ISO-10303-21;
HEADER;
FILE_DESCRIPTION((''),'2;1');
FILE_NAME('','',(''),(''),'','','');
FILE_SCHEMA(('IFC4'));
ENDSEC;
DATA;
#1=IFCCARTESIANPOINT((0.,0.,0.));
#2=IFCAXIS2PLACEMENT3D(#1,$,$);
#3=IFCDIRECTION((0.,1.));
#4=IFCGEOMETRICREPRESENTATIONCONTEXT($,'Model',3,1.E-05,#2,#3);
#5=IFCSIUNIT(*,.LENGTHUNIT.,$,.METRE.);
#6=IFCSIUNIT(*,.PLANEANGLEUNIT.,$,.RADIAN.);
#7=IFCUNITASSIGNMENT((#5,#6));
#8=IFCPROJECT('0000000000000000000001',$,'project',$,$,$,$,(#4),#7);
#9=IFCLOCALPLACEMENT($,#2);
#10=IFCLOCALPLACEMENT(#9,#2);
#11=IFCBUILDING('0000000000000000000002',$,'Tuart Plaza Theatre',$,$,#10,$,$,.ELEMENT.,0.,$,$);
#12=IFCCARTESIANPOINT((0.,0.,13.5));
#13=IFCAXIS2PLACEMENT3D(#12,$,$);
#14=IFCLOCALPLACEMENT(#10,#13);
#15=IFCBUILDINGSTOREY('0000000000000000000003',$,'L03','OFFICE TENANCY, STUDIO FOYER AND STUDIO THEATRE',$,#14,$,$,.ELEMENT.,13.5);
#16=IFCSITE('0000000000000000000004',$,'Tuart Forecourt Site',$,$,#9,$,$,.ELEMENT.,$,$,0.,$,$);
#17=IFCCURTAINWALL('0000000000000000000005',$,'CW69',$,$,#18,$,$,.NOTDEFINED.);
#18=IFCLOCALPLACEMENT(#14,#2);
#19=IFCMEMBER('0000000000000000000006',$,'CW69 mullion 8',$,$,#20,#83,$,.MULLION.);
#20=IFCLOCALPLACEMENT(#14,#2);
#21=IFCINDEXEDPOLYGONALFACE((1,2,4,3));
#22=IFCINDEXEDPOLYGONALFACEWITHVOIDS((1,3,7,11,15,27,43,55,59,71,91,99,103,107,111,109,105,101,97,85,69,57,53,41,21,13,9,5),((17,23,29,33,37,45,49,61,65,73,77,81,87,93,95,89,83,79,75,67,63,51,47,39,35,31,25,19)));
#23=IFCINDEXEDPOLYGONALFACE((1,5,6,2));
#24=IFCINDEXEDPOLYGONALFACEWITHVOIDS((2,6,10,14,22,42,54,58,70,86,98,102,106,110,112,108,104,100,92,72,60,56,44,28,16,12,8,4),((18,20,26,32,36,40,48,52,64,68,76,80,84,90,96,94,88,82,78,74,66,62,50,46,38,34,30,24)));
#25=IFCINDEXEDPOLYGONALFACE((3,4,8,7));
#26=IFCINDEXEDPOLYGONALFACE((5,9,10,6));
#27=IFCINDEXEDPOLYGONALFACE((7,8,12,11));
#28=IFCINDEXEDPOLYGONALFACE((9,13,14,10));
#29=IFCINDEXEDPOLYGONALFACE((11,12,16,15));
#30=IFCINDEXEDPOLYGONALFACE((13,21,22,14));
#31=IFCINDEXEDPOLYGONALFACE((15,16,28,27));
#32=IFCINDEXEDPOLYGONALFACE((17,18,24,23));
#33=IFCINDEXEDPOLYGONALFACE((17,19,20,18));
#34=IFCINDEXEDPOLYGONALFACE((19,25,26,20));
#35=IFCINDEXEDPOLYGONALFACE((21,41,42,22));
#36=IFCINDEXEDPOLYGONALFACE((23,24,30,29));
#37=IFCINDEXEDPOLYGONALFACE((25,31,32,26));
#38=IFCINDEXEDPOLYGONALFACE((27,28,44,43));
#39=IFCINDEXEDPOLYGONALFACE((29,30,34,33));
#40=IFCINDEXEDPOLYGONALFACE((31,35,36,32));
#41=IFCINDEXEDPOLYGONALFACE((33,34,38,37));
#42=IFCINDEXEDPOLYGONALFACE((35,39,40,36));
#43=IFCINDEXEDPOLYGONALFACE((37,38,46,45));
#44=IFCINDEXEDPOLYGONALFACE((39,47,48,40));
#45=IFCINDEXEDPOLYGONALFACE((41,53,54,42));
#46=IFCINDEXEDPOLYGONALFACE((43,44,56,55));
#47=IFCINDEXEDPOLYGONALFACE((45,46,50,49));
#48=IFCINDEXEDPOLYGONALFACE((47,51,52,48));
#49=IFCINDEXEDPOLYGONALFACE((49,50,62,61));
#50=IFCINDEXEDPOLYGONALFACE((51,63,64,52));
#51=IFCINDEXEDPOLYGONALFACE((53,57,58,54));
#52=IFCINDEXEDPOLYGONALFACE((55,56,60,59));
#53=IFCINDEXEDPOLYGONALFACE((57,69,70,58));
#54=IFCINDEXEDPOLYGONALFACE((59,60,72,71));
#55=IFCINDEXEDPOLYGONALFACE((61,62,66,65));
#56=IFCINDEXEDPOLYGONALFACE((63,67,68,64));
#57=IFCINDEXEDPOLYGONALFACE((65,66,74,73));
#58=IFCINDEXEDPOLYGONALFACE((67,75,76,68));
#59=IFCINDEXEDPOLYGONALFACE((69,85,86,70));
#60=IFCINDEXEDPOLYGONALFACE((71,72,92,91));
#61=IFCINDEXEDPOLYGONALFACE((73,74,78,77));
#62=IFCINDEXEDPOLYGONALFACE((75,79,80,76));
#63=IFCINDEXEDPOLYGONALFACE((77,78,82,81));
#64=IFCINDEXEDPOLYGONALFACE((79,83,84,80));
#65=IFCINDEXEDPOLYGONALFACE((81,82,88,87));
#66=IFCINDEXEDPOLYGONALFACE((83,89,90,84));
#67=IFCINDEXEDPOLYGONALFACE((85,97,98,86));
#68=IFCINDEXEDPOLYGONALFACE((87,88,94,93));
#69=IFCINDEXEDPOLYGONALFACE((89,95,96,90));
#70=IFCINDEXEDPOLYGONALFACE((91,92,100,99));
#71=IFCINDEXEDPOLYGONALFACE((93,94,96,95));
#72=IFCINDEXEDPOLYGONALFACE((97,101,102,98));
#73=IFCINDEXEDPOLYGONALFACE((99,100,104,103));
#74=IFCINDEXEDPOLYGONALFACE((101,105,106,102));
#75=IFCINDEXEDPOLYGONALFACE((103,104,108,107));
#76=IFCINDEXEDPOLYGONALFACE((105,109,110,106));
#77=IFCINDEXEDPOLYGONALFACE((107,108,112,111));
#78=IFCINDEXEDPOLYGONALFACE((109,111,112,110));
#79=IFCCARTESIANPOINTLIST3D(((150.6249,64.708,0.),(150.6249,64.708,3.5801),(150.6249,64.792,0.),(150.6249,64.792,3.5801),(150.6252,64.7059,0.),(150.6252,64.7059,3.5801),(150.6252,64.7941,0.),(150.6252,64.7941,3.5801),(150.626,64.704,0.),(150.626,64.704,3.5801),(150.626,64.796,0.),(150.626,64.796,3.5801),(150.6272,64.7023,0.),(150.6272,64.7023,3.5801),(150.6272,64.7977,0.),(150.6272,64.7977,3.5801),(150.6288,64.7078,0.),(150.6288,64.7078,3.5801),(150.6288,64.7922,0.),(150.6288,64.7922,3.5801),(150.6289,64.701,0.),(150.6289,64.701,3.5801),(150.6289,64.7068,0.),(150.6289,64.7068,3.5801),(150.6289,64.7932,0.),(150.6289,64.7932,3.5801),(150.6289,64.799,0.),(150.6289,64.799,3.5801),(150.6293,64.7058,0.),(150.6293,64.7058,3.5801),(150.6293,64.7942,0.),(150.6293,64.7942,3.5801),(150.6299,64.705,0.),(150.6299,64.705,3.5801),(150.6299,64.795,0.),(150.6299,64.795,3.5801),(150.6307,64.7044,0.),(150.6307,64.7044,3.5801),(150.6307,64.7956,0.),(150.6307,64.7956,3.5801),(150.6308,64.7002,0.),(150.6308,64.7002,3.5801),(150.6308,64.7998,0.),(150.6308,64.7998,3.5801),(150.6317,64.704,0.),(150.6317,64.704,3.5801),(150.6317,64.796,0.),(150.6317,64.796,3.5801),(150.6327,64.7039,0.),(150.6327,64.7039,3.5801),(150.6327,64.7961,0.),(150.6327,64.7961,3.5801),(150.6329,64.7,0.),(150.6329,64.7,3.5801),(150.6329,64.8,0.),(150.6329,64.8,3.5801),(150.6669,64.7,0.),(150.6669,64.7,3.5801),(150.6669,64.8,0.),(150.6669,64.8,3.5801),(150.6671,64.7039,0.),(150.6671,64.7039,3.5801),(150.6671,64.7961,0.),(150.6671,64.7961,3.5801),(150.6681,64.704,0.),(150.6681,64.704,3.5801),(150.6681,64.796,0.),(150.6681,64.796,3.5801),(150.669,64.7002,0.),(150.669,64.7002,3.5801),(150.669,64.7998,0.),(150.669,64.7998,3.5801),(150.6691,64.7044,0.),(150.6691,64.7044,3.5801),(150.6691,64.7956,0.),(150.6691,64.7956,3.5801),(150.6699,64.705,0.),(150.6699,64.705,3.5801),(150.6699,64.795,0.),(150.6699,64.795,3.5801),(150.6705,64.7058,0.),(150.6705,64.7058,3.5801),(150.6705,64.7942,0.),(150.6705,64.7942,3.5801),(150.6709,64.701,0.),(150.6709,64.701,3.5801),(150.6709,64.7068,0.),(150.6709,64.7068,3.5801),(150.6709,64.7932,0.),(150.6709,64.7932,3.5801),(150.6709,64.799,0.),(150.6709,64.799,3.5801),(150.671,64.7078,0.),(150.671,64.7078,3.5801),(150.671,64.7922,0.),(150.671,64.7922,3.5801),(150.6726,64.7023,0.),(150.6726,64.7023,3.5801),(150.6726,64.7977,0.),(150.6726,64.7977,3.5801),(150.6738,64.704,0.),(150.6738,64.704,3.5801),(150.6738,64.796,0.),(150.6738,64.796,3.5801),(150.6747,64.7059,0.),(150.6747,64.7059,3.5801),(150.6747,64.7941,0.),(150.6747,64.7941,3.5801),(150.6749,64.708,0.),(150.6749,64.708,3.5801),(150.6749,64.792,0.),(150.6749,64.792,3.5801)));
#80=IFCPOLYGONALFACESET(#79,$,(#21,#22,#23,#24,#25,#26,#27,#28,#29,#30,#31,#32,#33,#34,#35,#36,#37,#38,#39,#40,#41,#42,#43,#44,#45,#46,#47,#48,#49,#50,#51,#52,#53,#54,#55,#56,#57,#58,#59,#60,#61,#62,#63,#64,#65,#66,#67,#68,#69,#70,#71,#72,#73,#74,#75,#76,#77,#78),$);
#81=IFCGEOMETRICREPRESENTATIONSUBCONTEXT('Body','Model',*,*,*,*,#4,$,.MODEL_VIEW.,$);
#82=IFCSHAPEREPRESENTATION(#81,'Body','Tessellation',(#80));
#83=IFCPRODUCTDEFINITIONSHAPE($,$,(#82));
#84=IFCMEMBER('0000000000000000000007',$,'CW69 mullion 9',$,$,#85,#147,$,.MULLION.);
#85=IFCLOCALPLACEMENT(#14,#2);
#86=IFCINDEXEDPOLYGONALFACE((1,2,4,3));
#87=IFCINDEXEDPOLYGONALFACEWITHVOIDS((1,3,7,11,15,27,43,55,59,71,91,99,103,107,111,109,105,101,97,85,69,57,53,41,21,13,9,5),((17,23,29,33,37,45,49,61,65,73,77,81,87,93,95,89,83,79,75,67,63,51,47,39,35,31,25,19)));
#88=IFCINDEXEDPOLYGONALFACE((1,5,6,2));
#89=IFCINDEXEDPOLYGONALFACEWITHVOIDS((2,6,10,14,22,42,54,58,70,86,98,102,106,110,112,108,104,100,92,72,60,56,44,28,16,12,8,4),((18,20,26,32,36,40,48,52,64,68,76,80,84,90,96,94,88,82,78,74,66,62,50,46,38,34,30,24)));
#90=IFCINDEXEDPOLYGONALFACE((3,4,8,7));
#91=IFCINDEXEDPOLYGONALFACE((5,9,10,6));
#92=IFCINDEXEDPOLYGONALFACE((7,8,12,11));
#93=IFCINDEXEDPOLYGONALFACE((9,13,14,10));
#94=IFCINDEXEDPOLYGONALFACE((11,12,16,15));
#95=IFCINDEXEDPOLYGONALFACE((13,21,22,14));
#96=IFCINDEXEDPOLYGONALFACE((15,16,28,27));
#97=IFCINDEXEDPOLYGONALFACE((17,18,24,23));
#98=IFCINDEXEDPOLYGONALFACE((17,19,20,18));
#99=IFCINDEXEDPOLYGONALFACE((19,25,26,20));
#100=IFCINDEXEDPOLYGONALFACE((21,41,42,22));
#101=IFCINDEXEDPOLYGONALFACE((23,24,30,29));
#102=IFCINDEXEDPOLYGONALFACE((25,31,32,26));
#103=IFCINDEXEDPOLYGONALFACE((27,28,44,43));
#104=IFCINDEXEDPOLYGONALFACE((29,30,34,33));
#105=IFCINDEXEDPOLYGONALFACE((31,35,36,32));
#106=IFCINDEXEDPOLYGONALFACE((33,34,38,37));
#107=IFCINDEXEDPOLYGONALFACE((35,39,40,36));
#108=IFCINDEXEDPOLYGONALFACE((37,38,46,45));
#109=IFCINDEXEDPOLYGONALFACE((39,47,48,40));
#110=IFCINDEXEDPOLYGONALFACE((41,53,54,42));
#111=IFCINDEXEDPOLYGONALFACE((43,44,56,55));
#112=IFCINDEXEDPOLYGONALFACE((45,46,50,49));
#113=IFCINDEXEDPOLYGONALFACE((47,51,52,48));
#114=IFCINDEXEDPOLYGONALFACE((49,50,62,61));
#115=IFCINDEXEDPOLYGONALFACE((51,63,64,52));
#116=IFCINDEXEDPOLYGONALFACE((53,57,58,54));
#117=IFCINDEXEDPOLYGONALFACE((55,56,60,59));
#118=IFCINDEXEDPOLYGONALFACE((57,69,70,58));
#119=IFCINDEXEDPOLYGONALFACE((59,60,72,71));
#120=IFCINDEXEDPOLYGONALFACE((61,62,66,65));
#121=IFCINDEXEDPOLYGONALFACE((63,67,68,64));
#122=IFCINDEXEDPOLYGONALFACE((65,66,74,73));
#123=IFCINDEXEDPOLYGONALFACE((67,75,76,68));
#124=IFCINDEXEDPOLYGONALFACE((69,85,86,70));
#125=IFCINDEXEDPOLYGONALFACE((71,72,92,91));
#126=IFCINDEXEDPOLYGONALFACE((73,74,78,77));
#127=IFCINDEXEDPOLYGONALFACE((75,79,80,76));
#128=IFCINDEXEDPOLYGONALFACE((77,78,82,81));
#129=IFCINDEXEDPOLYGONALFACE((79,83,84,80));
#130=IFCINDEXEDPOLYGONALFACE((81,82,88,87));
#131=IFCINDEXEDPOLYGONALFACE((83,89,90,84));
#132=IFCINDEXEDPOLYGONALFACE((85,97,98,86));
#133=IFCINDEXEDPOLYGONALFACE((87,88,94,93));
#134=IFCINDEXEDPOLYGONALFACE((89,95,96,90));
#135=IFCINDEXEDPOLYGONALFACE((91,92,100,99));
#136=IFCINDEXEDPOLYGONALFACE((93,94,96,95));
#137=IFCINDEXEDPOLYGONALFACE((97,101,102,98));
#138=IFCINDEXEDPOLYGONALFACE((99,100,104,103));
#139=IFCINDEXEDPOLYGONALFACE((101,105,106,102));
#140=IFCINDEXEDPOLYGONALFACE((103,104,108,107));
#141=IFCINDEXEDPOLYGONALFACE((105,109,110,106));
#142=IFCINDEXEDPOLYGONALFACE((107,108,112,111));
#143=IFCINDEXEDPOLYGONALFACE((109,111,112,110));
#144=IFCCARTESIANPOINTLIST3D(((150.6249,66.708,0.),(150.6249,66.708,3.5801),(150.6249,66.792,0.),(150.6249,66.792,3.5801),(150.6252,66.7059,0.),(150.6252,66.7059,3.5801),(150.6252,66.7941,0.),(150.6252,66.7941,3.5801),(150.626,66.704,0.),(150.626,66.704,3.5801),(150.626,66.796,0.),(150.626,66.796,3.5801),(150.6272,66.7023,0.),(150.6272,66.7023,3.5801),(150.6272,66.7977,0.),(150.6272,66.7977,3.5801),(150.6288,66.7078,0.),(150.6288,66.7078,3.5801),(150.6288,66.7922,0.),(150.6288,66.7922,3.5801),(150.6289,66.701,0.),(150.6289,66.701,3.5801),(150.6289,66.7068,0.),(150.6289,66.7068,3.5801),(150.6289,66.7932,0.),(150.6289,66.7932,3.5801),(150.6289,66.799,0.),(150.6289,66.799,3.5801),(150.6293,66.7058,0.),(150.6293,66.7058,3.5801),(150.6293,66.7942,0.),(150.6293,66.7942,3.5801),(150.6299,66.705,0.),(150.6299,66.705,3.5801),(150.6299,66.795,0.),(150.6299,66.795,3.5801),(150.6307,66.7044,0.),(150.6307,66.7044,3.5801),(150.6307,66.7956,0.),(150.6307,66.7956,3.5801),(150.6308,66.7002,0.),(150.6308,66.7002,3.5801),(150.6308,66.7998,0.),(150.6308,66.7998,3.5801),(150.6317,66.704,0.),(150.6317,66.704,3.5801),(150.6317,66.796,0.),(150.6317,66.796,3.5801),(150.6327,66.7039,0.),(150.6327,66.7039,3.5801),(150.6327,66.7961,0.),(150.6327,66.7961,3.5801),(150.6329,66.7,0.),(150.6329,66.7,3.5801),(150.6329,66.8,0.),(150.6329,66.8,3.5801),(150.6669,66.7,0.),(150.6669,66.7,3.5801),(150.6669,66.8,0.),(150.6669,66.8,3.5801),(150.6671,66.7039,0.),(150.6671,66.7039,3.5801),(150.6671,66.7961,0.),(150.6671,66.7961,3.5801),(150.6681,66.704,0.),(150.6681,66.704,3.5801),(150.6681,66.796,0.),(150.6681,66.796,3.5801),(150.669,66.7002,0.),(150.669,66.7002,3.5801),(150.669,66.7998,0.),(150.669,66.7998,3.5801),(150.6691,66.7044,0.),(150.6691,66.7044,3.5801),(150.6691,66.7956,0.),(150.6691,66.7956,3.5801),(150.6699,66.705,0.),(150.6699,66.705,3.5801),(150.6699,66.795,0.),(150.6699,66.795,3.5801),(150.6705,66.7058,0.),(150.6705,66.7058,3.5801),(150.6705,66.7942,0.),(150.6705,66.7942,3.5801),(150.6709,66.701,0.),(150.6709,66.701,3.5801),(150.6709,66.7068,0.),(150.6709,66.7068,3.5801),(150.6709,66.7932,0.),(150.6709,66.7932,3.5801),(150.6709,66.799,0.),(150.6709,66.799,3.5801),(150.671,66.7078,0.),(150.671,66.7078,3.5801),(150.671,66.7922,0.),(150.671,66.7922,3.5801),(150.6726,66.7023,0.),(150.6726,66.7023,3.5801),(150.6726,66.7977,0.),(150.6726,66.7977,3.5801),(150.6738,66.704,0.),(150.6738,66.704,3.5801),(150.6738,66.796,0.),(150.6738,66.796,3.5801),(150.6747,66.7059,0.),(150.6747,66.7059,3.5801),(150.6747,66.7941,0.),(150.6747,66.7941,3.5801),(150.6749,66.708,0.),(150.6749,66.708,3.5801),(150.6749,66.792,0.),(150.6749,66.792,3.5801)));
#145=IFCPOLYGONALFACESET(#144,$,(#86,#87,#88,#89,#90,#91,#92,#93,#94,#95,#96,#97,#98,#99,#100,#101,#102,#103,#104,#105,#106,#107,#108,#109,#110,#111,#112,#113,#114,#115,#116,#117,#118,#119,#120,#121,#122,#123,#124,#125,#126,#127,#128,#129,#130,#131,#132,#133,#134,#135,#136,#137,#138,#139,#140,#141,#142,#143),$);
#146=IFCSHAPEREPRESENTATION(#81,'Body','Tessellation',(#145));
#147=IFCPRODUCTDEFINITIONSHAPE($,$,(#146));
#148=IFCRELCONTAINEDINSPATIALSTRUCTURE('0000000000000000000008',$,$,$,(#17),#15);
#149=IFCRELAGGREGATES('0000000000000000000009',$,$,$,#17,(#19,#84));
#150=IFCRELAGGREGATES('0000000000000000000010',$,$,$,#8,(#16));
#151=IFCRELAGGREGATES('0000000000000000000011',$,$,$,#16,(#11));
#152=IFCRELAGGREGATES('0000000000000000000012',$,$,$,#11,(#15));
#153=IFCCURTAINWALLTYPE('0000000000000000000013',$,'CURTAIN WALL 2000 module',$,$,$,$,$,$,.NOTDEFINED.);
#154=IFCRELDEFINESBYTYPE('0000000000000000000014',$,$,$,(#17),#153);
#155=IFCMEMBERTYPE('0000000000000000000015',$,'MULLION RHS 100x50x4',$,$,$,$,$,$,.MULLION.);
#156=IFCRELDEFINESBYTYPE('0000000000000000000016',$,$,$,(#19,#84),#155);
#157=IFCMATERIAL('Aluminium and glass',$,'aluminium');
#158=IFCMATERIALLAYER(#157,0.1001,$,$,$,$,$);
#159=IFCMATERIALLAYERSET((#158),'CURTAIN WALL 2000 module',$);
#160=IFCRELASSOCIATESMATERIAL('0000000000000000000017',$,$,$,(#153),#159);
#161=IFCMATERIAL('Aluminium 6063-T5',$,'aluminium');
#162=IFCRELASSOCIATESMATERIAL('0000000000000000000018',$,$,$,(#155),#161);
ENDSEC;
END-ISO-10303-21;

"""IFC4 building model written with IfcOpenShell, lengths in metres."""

from ifc_helpers import new_model, si_unit, direction, frame, origin, origin_2d, place, context, subcontext, project, spatial, hollow_rectangle, extrude, material, layer, layer_set, material_profile, profile_set, type_object, element, aggregate, save


model = new_model("IFC4")

# Units and contexts
model_context = context("Model", 3, precision=1e-05, world=origin(), true_north=direction((0.0, 1.0)))
body_context = subcontext(model_context, "Body", "Model", "MODEL_VIEW")
ifc_project = project(units=[si_unit("LENGTHUNIT", "METRE"), si_unit("PLANEANGLEUNIT", "RADIAN")], contexts=[model_context])

# Site, building, storey
site_placement = place(None, origin())
site = spatial("IfcSite", under=ifc_project, at=site_placement, Name="Tuart Forecourt Site", CompositionType="ELEMENT", RefElevation=0.0)
building_placement = place(site_placement, origin())
building = spatial("IfcBuilding", under=site, at=building_placement, Name="Tuart Plaza Theatre", CompositionType="ELEMENT", ElevationOfRefHeight=0.0)
storey_placement = place(building_placement, frame((0.0, 0.0, 13.5)))
storey = spatial("IfcBuildingStorey", under=building, at=storey_placement, Name="L03", Description="OFFICE TENANCY, STUDIO FOYER AND STUDIO THEATRE", CompositionType="ELEMENT", Elevation=13.5)

# Curtain wall, members
ifc_material_1 = material(Name="Aluminium and glass", Category="aluminium")
ifc_layer_1 = layer(ifc_material_1, 0.1001)
ifc_layer_set_1 = layer_set([ifc_layer_1], Name="CURTAIN WALL 2000 module")
curtain_wall_type = type_object("IfcCurtainWallType", Name="CURTAIN WALL 2000 module", PredefinedType="NOTDEFINED", material=ifc_layer_set_1)
curtain_wall_placement = place(storey_placement, origin())
curtain_wall = element("IfcCurtainWall", 1, at=curtain_wall_placement, inside=storey, type_object=curtain_wall_type, Name="CW69", PredefinedType="NOTDEFINED")
ifc_material_2 = material(Name="Aluminium 6063-T5", Category="aluminium")
ifc_material_profile_1 = material_profile(ifc_material_2, hollow_rectangle(XDim=0.05, YDim=0.1001, WallThickness=0.0039, InnerFilletRadius=0.0039, OuterFilletRadius=0.0081, at=origin_2d()), Name="RHS 100x50x4")
ifc_profile_set_1 = profile_set([ifc_material_profile_1], Name="Aluminium 6063-T5")
member_type_1 = type_object("IfcMemberType", Name="MULLION RHS 100x50x4", PredefinedType="MULLION", material=ifc_profile_set_1)
member_1_placement = place(storey_placement, frame((150.6499, 64.75, 0.0), z_axis=(0.0, 0.0, 1.0), x_axis=(-1.0, 0.0, 0.0)))
member_1 = element("IfcMember", 2, at=member_1_placement, type_object=member_type_1, Name="CW69 mullion 8", PredefinedType="MULLION", context=body_context, shape_type="SweptSolid", body=[
    extrude(hollow_rectangle(XDim=0.05, YDim=0.1001, WallThickness=0.0039, InnerFilletRadius=0.0039, OuterFilletRadius=0.0081, at=origin_2d()), origin(), (0.0, 0.0, 1.0), 3.5801),
])
member_2_placement = place(storey_placement, frame((150.6499, 66.75, 0.0), z_axis=(0.0, 0.0, 1.0), x_axis=(-1.0, 0.0, 0.0)))
member_2 = element("IfcMember", 3, at=member_2_placement, type_object=member_type_1, Name="CW69 mullion 9", PredefinedType="MULLION", context=body_context, shape_type="SweptSolid", body=[
    extrude(hollow_rectangle(XDim=0.05, YDim=0.1001, WallThickness=0.0039, InnerFilletRadius=0.0039, OuterFilletRadius=0.0081, at=origin_2d()), origin(), (0.0, 0.0, 1.0), 3.5801),
])
aggregate(curtain_wall, [member_1, member_2])

save(model, "model.ifc")
